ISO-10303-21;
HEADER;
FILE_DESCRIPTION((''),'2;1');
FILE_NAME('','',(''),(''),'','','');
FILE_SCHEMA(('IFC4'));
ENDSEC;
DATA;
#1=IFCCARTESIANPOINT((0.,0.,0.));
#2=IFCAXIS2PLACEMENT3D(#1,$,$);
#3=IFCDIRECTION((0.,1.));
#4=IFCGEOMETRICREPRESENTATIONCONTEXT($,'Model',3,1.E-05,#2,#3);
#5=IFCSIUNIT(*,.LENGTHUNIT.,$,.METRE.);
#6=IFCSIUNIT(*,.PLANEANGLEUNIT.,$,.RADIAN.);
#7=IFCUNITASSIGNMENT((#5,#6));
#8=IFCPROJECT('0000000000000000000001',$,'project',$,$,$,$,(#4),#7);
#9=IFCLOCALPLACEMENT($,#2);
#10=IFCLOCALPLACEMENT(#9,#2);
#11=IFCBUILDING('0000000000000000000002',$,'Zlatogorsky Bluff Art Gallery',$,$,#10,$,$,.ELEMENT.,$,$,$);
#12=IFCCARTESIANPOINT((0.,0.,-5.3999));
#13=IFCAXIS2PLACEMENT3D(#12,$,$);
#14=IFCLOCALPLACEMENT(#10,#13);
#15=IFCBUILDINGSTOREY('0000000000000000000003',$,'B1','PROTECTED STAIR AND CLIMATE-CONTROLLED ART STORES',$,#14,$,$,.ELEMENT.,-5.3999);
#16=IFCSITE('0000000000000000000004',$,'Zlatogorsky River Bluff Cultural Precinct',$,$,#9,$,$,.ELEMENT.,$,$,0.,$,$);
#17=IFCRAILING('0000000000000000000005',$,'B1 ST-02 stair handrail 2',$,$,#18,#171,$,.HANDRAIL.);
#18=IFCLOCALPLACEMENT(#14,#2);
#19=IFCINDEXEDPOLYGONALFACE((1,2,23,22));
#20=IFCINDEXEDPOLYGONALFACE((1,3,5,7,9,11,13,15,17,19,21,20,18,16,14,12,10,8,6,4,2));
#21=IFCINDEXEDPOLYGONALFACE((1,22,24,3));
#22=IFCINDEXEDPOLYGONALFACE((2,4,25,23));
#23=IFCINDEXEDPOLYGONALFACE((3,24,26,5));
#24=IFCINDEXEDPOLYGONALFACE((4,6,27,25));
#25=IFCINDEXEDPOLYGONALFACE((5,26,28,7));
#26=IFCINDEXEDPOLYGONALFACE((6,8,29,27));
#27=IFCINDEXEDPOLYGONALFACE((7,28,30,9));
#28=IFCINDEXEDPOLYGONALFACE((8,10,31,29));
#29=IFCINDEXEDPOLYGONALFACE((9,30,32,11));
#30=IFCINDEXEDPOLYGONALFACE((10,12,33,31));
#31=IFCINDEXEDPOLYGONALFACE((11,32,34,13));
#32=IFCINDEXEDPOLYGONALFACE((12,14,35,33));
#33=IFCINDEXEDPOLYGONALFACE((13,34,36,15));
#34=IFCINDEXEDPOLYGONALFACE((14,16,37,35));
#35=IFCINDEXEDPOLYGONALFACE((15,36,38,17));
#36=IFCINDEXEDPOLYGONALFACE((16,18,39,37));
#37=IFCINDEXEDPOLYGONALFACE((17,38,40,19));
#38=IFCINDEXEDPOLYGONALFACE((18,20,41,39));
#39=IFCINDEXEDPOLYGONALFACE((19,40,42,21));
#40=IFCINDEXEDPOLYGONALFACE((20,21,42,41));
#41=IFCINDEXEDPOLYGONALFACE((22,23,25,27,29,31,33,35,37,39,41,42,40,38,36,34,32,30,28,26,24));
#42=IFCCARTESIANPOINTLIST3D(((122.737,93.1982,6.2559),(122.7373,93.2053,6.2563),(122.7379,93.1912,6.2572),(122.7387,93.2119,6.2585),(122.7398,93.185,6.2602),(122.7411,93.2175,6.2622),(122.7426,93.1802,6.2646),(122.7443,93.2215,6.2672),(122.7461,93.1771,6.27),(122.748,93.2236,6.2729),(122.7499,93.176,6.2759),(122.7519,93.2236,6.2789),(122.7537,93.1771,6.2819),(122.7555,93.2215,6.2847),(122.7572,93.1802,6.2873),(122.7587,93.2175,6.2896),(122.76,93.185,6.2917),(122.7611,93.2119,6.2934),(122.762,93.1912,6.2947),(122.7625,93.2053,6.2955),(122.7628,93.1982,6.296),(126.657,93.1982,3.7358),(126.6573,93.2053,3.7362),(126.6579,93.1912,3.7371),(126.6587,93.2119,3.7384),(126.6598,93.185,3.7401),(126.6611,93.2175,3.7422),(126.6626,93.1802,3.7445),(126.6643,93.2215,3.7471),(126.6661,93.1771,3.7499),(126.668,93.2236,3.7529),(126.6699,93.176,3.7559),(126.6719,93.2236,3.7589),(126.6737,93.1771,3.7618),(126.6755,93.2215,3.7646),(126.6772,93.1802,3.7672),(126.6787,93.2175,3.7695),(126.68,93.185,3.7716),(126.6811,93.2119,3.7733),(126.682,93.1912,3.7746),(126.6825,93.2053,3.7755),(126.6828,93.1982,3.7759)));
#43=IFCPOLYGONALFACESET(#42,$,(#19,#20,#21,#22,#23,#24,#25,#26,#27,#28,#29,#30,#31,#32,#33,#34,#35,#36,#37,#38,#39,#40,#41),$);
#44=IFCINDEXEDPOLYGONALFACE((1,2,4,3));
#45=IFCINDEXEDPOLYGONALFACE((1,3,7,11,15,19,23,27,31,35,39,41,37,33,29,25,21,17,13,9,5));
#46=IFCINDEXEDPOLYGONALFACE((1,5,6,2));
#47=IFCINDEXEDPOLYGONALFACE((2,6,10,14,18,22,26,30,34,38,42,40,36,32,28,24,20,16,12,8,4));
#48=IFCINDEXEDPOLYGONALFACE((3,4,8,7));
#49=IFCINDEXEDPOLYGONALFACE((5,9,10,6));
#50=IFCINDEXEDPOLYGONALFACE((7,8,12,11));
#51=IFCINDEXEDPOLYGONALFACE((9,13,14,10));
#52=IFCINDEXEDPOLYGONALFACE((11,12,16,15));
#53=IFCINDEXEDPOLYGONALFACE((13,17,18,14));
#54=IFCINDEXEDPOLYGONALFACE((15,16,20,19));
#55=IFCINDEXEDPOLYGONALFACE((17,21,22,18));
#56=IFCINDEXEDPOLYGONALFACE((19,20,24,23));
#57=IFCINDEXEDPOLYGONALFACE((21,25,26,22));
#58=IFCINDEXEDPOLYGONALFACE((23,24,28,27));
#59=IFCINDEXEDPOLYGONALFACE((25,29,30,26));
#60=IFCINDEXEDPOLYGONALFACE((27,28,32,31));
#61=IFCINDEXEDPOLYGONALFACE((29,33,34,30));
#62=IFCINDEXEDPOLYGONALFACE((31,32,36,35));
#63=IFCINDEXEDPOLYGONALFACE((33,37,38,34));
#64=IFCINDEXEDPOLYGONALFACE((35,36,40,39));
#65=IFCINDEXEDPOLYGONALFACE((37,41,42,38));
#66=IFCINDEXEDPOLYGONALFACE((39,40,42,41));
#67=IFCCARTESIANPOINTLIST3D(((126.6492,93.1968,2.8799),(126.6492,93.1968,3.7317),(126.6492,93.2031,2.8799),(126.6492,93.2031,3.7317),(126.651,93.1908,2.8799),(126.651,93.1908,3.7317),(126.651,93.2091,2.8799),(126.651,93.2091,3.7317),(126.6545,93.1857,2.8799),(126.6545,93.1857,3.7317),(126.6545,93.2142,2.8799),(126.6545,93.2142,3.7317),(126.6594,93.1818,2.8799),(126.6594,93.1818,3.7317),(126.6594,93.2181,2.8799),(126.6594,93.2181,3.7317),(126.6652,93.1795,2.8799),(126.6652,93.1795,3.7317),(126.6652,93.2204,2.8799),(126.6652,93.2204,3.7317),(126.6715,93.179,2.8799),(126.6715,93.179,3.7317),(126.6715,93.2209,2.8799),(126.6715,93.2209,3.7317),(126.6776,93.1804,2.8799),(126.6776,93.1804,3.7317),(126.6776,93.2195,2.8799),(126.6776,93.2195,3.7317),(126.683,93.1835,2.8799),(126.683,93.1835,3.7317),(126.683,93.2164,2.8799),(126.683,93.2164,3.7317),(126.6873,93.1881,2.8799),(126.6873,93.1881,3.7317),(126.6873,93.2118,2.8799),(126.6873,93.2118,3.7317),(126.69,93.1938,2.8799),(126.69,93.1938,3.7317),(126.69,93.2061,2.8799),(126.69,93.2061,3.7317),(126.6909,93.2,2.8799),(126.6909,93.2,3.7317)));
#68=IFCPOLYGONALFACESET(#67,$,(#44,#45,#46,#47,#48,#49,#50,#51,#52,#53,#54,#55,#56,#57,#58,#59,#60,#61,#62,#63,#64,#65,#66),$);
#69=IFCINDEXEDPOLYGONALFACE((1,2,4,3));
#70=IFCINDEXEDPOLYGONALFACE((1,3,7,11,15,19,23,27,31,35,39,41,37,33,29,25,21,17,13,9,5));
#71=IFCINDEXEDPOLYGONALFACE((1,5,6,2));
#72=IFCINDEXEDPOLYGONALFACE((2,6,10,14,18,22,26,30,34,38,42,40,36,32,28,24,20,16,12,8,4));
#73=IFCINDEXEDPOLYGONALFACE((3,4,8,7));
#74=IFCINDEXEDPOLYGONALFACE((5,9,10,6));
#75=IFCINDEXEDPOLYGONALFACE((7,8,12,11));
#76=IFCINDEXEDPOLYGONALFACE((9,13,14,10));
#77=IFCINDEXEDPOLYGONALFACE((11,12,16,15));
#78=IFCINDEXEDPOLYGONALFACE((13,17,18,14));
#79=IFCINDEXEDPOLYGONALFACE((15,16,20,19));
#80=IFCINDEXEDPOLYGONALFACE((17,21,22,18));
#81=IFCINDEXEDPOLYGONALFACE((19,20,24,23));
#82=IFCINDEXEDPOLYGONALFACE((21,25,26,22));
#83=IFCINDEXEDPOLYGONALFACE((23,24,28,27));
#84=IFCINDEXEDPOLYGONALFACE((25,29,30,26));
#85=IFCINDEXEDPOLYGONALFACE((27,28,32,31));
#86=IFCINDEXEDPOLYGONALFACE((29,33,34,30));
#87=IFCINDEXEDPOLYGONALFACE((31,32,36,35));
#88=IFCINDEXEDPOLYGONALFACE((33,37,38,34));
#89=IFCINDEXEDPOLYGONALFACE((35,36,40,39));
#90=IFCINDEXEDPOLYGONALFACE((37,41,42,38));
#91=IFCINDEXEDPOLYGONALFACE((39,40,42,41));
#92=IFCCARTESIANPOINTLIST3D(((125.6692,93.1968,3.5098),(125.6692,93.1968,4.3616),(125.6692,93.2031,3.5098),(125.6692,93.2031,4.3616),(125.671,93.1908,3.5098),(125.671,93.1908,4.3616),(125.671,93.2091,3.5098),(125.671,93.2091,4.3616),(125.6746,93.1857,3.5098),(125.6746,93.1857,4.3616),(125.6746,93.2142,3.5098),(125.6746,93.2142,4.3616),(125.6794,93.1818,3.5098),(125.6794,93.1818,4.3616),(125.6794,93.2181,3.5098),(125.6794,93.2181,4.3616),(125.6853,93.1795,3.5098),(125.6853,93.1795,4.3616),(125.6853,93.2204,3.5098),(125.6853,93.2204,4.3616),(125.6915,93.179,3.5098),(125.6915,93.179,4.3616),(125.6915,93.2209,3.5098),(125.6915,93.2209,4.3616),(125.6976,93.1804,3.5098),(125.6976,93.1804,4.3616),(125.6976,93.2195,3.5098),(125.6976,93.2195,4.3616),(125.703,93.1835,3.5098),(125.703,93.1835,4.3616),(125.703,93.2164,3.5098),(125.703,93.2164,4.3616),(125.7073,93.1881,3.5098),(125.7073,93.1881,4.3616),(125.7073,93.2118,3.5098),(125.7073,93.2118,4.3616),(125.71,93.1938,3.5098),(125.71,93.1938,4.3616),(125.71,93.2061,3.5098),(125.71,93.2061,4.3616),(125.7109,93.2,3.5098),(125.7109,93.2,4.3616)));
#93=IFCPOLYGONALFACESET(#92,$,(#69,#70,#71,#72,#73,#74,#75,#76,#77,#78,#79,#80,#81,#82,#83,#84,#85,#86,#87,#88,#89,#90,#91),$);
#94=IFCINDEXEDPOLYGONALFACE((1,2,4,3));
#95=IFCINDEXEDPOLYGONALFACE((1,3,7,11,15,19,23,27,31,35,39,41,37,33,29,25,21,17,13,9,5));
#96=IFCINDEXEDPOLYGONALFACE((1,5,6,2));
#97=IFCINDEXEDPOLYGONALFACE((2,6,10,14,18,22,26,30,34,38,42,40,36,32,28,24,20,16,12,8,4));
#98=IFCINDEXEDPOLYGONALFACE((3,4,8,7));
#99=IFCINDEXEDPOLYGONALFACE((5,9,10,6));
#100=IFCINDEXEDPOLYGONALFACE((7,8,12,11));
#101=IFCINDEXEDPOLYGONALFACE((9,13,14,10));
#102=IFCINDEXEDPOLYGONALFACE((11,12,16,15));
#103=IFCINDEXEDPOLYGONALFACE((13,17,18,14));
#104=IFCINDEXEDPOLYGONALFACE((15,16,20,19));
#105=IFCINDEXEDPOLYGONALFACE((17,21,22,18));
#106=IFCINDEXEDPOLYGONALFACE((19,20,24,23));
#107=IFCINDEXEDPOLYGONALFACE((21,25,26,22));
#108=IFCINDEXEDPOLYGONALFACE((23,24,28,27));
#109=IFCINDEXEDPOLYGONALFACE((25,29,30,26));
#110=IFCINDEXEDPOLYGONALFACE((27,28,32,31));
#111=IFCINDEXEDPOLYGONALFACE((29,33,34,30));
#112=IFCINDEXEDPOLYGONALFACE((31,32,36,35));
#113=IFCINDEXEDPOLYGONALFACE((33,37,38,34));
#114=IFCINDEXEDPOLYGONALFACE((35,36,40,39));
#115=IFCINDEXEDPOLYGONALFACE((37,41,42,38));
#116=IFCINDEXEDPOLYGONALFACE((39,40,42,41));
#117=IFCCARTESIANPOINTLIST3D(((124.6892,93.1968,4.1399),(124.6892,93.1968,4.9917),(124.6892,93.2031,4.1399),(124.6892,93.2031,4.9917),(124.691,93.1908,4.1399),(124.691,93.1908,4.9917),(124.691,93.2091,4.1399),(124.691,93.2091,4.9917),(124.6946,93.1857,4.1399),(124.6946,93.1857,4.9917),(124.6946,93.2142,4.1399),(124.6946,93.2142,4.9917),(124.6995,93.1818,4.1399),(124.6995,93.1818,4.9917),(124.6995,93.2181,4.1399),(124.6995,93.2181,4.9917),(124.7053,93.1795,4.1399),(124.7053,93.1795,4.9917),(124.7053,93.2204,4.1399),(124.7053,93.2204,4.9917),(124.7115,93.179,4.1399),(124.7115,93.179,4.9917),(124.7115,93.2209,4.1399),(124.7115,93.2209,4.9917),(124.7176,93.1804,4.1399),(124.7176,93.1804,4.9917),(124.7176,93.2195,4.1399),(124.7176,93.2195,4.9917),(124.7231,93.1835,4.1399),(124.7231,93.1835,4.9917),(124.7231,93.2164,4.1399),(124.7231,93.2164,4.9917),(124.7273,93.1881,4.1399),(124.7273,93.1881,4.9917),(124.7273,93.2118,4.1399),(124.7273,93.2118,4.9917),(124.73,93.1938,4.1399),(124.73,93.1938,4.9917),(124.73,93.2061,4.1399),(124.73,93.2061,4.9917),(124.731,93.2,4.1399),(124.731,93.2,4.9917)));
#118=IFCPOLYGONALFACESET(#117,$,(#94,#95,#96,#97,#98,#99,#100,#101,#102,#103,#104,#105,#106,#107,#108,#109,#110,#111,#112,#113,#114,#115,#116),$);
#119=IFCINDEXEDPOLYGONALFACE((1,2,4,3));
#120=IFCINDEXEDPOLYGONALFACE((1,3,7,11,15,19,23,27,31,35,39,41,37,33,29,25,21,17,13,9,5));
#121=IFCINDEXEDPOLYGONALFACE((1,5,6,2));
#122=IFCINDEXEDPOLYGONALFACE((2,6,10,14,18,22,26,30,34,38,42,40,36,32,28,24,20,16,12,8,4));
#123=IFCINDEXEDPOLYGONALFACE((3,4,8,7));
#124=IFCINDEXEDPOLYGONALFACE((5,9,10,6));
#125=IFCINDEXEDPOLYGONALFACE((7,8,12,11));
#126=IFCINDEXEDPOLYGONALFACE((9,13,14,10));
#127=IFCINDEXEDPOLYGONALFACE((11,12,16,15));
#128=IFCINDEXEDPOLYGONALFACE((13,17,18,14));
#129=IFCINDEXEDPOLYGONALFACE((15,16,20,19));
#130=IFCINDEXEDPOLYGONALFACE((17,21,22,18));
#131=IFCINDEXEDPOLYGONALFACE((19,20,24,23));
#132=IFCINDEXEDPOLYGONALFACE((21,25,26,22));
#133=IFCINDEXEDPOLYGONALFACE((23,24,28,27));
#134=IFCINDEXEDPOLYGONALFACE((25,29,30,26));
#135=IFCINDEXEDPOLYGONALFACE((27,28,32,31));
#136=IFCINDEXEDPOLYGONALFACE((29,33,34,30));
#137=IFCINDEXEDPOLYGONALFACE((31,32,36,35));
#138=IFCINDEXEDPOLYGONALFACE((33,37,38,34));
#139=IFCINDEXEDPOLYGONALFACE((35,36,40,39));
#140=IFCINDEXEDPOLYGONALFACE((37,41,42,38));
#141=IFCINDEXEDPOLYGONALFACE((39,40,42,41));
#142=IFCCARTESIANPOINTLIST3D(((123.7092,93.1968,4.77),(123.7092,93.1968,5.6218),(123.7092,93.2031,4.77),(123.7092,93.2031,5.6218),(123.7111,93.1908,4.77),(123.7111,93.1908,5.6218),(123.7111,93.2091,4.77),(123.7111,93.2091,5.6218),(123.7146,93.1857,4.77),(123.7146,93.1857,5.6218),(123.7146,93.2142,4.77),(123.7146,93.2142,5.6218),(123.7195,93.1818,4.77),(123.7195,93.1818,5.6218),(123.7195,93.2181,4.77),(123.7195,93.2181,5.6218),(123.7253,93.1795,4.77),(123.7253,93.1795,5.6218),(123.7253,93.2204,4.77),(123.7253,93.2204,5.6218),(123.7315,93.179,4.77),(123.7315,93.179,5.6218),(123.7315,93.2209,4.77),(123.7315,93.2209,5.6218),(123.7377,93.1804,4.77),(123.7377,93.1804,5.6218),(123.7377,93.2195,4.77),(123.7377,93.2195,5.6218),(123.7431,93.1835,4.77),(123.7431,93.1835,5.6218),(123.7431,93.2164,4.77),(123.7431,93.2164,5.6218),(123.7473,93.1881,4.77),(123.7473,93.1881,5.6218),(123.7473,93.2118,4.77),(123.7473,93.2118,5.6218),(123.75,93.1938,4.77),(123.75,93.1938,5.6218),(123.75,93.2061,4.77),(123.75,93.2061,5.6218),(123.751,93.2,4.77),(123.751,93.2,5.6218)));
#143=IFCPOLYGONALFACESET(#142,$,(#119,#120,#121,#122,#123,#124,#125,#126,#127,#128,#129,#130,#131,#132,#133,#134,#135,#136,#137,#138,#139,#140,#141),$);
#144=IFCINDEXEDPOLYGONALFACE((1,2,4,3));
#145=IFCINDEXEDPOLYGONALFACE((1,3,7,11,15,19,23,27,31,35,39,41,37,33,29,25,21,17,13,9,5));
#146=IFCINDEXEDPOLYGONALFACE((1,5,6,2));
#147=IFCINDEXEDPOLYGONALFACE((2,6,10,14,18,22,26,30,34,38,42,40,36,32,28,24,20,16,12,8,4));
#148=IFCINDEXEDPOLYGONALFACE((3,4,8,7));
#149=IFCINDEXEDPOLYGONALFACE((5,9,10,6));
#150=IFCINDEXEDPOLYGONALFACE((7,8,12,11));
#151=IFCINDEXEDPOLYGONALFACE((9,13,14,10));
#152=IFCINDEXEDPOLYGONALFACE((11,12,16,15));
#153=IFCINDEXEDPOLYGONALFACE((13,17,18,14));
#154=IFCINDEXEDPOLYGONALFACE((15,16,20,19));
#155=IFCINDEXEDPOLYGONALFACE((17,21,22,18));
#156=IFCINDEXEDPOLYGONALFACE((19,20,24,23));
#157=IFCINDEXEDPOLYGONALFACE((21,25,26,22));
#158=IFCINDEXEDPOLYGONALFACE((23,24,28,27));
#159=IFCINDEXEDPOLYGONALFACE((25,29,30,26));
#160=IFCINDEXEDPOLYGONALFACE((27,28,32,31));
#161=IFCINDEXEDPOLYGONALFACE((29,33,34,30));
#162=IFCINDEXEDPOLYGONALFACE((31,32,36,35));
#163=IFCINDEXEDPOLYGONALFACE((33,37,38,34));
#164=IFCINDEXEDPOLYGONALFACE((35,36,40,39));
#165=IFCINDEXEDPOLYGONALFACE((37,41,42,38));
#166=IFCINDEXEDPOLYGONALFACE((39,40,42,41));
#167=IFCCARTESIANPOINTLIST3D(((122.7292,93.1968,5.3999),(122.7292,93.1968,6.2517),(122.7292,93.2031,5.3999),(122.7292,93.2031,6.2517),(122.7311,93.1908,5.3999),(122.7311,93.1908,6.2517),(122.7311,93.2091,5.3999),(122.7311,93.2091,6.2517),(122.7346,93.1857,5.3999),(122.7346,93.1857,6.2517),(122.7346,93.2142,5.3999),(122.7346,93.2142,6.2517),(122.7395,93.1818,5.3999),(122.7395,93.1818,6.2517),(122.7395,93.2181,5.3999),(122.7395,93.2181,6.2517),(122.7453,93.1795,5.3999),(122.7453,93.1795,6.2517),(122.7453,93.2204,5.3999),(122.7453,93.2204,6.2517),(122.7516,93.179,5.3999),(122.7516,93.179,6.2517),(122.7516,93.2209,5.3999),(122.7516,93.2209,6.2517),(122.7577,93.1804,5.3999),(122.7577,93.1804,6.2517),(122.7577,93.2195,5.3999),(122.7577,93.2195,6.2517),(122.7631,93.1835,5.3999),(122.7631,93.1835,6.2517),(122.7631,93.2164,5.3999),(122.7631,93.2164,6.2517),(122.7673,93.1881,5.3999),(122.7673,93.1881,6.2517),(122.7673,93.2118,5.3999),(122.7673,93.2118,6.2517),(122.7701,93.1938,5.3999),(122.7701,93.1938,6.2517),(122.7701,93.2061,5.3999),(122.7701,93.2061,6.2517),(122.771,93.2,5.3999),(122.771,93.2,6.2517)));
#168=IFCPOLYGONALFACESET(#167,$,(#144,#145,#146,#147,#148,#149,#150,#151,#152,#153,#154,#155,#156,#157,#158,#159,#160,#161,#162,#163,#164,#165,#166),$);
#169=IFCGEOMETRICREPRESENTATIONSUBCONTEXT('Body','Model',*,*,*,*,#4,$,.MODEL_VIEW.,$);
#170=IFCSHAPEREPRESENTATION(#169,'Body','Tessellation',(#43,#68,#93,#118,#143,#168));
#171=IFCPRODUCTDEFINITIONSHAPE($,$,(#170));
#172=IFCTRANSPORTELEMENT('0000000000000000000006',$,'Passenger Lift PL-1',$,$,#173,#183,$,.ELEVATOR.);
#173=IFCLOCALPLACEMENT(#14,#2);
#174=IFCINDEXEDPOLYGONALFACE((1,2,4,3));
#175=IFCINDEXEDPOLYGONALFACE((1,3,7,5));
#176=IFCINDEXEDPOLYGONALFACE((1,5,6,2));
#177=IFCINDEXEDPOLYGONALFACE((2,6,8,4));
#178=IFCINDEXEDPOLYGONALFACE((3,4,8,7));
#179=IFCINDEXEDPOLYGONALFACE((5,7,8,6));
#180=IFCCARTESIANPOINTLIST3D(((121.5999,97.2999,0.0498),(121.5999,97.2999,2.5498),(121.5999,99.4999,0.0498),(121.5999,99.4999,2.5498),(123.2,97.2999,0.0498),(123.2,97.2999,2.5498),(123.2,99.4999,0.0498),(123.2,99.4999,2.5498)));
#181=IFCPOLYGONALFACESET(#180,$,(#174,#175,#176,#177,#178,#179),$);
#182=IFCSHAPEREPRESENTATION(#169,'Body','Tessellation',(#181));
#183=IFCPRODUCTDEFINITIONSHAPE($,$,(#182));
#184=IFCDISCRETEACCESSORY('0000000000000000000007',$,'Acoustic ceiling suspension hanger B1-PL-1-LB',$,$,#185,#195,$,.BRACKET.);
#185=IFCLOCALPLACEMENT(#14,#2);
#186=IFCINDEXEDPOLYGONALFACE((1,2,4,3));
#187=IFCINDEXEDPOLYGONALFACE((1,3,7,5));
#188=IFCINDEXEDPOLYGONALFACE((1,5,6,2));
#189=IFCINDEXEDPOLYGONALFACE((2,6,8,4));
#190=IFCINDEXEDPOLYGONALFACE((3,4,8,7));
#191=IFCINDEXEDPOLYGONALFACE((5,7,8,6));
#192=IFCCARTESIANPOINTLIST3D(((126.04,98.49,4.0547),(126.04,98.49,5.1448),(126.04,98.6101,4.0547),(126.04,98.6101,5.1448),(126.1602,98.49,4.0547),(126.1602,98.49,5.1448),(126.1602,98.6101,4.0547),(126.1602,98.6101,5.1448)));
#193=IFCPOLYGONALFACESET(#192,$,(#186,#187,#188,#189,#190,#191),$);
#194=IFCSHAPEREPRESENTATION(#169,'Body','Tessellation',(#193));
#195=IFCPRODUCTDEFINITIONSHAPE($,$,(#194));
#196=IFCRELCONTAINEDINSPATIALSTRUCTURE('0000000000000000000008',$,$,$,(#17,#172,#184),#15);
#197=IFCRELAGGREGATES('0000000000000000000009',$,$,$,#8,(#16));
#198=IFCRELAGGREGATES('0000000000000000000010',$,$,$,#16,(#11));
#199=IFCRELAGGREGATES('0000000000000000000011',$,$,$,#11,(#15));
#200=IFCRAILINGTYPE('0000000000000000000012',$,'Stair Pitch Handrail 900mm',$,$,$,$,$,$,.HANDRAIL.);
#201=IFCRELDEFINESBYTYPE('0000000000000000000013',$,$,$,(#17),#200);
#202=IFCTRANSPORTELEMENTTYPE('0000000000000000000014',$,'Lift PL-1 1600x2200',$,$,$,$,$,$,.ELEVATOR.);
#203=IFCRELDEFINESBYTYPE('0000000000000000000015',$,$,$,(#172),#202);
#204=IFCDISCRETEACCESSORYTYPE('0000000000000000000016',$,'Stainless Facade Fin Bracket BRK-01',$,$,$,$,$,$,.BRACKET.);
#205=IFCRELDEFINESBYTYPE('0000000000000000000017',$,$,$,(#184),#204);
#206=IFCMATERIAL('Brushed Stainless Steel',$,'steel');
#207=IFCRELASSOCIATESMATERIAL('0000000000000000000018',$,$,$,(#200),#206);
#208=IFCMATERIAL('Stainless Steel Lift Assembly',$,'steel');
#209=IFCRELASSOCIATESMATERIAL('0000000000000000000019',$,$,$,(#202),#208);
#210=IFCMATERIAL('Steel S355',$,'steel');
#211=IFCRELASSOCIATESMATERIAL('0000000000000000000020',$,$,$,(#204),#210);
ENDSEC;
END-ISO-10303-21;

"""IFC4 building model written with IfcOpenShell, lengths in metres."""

from ifc_helpers import new_model, si_unit, direction, frame, origin, origin_2d, place, context, subcontext, project, spatial, rectangle, circle, extrude, material, type_object, element, save


model = new_model("IFC4")

# Units and contexts
model_context = context("Model", 3, precision=1e-05, world=origin(), true_north=direction((0.0, 1.0)))
body_context = subcontext(model_context, "Body", "Model", "MODEL_VIEW")
ifc_project = project(units=[si_unit("LENGTHUNIT", "METRE"), si_unit("PLANEANGLEUNIT", "RADIAN")], contexts=[model_context])

# Site, building, storey
site_placement = place(None, origin())
site = spatial("IfcSite", under=ifc_project, at=site_placement, Name="Zlatogorsky River Bluff Cultural Precinct", CompositionType="ELEMENT", RefElevation=0.0)
building_placement = place(site_placement, origin())
building = spatial("IfcBuilding", under=site, at=building_placement, Name="Zlatogorsky Bluff Art Gallery", CompositionType="ELEMENT")
storey_placement = place(building_placement, frame((0.0, 0.0, -5.3999)))
storey = spatial("IfcBuildingStorey", under=building, at=storey_placement, Name="B1", Description="PROTECTED STAIR AND CLIMATE-CONTROLLED ART STORES", CompositionType="ELEMENT", Elevation=-5.3999)

# Shared definitions
ifc_material_1 = material(Name="Steel S355", Category="steel")

# Railing
ifc_material_2 = material(Name="Brushed Stainless Steel", Category="steel")
railing_type_1 = type_object("IfcRailingType", Name="Stair Pitch Handrail 900mm", PredefinedType="HANDRAIL", material=ifc_material_2)
railing_1_placement = place(storey_placement, frame((126.6699, 93.2, 2.8799)))
element("IfcRailing", 1, at=railing_1_placement, inside=storey, type_object=railing_type_1, Name="B1 ST-02 stair handrail 2", PredefinedType="HANDRAIL", context=body_context, shape_type="SweptSolid", body=[
    extrude(circle(Radius=0.0239, at=origin_2d()), frame((0.0, 0.0, 0.876), z_axis=(-0.841172, 0.0, 0.540768), x_axis=(0.0, -1.0, 0.0)), (0.0, 0.0, 1.0), 4.6602),
    extrude(circle(Radius=0.021, at=origin_2d()), origin(), (0.0, 0.0, 1.0), 0.8518),
    extrude(circle(Radius=0.021, at=origin_2d()), frame((-0.98, 0.0, 0.6299)), (0.0, 0.0, 1.0), 0.8518),
    extrude(circle(Radius=0.021, at=origin_2d()), frame((-1.96, 0.0, 1.26)), (0.0, 0.0, 1.0), 0.8518),
    extrude(circle(Radius=0.021, at=origin_2d()), frame((-2.9399, 0.0, 1.8901)), (0.0, 0.0, 1.0), 0.8518),
    extrude(circle(Radius=0.021, at=origin_2d()), frame((-3.9199, 0.0, 2.52)), (0.0, 0.0, 1.0), 0.8518),
])

# Transport element
ifc_material_3 = material(Name="Stainless Steel Lift Assembly", Category="steel")
transport_element_type = type_object("IfcTransportElementType", Name="Lift PL-1 1600x2200", PredefinedType="ELEVATOR", material=ifc_material_3)
transport_element_placement = place(storey_placement, frame((122.3999, 98.3999, 0.0498), z_axis=(0.0, 0.0, 1.0), x_axis=(1.0, 0.0, 0.0)))
element("IfcTransportElement", 2, at=transport_element_placement, inside=storey, type_object=transport_element_type, Name="Passenger Lift PL-1", PredefinedType="ELEVATOR", context=body_context, shape_type="SweptSolid", body=[
    extrude(rectangle(XDim=1.6001, YDim=2.2, at=origin_2d()), origin(), (0.0, 0.0, 1.0), 2.5),
])

# Discrete accessory
discrete_accessory_type = type_object("IfcDiscreteAccessoryType", Name="Stainless Facade Fin Bracket BRK-01", PredefinedType="BRACKET", material=ifc_material_1)
discrete_accessory_placement = place(storey_placement, frame((126.1001, 98.55, 4.0547), z_axis=(0.0, 0.0, 1.0), x_axis=(1.0, 0.0, 0.0)))
element("IfcDiscreteAccessory", 3, at=discrete_accessory_placement, inside=storey, type_object=discrete_accessory_type, Name="Acoustic ceiling suspension hanger B1-PL-1-LB", PredefinedType="BRACKET", context=body_context, shape_type="SweptSolid", body=[
    extrude(rectangle(XDim=0.1201, YDim=0.1201, at=origin_2d()), origin(), (0.0, 0.0, 1.0), 1.0901),
])

save(model, "model.ifc")
